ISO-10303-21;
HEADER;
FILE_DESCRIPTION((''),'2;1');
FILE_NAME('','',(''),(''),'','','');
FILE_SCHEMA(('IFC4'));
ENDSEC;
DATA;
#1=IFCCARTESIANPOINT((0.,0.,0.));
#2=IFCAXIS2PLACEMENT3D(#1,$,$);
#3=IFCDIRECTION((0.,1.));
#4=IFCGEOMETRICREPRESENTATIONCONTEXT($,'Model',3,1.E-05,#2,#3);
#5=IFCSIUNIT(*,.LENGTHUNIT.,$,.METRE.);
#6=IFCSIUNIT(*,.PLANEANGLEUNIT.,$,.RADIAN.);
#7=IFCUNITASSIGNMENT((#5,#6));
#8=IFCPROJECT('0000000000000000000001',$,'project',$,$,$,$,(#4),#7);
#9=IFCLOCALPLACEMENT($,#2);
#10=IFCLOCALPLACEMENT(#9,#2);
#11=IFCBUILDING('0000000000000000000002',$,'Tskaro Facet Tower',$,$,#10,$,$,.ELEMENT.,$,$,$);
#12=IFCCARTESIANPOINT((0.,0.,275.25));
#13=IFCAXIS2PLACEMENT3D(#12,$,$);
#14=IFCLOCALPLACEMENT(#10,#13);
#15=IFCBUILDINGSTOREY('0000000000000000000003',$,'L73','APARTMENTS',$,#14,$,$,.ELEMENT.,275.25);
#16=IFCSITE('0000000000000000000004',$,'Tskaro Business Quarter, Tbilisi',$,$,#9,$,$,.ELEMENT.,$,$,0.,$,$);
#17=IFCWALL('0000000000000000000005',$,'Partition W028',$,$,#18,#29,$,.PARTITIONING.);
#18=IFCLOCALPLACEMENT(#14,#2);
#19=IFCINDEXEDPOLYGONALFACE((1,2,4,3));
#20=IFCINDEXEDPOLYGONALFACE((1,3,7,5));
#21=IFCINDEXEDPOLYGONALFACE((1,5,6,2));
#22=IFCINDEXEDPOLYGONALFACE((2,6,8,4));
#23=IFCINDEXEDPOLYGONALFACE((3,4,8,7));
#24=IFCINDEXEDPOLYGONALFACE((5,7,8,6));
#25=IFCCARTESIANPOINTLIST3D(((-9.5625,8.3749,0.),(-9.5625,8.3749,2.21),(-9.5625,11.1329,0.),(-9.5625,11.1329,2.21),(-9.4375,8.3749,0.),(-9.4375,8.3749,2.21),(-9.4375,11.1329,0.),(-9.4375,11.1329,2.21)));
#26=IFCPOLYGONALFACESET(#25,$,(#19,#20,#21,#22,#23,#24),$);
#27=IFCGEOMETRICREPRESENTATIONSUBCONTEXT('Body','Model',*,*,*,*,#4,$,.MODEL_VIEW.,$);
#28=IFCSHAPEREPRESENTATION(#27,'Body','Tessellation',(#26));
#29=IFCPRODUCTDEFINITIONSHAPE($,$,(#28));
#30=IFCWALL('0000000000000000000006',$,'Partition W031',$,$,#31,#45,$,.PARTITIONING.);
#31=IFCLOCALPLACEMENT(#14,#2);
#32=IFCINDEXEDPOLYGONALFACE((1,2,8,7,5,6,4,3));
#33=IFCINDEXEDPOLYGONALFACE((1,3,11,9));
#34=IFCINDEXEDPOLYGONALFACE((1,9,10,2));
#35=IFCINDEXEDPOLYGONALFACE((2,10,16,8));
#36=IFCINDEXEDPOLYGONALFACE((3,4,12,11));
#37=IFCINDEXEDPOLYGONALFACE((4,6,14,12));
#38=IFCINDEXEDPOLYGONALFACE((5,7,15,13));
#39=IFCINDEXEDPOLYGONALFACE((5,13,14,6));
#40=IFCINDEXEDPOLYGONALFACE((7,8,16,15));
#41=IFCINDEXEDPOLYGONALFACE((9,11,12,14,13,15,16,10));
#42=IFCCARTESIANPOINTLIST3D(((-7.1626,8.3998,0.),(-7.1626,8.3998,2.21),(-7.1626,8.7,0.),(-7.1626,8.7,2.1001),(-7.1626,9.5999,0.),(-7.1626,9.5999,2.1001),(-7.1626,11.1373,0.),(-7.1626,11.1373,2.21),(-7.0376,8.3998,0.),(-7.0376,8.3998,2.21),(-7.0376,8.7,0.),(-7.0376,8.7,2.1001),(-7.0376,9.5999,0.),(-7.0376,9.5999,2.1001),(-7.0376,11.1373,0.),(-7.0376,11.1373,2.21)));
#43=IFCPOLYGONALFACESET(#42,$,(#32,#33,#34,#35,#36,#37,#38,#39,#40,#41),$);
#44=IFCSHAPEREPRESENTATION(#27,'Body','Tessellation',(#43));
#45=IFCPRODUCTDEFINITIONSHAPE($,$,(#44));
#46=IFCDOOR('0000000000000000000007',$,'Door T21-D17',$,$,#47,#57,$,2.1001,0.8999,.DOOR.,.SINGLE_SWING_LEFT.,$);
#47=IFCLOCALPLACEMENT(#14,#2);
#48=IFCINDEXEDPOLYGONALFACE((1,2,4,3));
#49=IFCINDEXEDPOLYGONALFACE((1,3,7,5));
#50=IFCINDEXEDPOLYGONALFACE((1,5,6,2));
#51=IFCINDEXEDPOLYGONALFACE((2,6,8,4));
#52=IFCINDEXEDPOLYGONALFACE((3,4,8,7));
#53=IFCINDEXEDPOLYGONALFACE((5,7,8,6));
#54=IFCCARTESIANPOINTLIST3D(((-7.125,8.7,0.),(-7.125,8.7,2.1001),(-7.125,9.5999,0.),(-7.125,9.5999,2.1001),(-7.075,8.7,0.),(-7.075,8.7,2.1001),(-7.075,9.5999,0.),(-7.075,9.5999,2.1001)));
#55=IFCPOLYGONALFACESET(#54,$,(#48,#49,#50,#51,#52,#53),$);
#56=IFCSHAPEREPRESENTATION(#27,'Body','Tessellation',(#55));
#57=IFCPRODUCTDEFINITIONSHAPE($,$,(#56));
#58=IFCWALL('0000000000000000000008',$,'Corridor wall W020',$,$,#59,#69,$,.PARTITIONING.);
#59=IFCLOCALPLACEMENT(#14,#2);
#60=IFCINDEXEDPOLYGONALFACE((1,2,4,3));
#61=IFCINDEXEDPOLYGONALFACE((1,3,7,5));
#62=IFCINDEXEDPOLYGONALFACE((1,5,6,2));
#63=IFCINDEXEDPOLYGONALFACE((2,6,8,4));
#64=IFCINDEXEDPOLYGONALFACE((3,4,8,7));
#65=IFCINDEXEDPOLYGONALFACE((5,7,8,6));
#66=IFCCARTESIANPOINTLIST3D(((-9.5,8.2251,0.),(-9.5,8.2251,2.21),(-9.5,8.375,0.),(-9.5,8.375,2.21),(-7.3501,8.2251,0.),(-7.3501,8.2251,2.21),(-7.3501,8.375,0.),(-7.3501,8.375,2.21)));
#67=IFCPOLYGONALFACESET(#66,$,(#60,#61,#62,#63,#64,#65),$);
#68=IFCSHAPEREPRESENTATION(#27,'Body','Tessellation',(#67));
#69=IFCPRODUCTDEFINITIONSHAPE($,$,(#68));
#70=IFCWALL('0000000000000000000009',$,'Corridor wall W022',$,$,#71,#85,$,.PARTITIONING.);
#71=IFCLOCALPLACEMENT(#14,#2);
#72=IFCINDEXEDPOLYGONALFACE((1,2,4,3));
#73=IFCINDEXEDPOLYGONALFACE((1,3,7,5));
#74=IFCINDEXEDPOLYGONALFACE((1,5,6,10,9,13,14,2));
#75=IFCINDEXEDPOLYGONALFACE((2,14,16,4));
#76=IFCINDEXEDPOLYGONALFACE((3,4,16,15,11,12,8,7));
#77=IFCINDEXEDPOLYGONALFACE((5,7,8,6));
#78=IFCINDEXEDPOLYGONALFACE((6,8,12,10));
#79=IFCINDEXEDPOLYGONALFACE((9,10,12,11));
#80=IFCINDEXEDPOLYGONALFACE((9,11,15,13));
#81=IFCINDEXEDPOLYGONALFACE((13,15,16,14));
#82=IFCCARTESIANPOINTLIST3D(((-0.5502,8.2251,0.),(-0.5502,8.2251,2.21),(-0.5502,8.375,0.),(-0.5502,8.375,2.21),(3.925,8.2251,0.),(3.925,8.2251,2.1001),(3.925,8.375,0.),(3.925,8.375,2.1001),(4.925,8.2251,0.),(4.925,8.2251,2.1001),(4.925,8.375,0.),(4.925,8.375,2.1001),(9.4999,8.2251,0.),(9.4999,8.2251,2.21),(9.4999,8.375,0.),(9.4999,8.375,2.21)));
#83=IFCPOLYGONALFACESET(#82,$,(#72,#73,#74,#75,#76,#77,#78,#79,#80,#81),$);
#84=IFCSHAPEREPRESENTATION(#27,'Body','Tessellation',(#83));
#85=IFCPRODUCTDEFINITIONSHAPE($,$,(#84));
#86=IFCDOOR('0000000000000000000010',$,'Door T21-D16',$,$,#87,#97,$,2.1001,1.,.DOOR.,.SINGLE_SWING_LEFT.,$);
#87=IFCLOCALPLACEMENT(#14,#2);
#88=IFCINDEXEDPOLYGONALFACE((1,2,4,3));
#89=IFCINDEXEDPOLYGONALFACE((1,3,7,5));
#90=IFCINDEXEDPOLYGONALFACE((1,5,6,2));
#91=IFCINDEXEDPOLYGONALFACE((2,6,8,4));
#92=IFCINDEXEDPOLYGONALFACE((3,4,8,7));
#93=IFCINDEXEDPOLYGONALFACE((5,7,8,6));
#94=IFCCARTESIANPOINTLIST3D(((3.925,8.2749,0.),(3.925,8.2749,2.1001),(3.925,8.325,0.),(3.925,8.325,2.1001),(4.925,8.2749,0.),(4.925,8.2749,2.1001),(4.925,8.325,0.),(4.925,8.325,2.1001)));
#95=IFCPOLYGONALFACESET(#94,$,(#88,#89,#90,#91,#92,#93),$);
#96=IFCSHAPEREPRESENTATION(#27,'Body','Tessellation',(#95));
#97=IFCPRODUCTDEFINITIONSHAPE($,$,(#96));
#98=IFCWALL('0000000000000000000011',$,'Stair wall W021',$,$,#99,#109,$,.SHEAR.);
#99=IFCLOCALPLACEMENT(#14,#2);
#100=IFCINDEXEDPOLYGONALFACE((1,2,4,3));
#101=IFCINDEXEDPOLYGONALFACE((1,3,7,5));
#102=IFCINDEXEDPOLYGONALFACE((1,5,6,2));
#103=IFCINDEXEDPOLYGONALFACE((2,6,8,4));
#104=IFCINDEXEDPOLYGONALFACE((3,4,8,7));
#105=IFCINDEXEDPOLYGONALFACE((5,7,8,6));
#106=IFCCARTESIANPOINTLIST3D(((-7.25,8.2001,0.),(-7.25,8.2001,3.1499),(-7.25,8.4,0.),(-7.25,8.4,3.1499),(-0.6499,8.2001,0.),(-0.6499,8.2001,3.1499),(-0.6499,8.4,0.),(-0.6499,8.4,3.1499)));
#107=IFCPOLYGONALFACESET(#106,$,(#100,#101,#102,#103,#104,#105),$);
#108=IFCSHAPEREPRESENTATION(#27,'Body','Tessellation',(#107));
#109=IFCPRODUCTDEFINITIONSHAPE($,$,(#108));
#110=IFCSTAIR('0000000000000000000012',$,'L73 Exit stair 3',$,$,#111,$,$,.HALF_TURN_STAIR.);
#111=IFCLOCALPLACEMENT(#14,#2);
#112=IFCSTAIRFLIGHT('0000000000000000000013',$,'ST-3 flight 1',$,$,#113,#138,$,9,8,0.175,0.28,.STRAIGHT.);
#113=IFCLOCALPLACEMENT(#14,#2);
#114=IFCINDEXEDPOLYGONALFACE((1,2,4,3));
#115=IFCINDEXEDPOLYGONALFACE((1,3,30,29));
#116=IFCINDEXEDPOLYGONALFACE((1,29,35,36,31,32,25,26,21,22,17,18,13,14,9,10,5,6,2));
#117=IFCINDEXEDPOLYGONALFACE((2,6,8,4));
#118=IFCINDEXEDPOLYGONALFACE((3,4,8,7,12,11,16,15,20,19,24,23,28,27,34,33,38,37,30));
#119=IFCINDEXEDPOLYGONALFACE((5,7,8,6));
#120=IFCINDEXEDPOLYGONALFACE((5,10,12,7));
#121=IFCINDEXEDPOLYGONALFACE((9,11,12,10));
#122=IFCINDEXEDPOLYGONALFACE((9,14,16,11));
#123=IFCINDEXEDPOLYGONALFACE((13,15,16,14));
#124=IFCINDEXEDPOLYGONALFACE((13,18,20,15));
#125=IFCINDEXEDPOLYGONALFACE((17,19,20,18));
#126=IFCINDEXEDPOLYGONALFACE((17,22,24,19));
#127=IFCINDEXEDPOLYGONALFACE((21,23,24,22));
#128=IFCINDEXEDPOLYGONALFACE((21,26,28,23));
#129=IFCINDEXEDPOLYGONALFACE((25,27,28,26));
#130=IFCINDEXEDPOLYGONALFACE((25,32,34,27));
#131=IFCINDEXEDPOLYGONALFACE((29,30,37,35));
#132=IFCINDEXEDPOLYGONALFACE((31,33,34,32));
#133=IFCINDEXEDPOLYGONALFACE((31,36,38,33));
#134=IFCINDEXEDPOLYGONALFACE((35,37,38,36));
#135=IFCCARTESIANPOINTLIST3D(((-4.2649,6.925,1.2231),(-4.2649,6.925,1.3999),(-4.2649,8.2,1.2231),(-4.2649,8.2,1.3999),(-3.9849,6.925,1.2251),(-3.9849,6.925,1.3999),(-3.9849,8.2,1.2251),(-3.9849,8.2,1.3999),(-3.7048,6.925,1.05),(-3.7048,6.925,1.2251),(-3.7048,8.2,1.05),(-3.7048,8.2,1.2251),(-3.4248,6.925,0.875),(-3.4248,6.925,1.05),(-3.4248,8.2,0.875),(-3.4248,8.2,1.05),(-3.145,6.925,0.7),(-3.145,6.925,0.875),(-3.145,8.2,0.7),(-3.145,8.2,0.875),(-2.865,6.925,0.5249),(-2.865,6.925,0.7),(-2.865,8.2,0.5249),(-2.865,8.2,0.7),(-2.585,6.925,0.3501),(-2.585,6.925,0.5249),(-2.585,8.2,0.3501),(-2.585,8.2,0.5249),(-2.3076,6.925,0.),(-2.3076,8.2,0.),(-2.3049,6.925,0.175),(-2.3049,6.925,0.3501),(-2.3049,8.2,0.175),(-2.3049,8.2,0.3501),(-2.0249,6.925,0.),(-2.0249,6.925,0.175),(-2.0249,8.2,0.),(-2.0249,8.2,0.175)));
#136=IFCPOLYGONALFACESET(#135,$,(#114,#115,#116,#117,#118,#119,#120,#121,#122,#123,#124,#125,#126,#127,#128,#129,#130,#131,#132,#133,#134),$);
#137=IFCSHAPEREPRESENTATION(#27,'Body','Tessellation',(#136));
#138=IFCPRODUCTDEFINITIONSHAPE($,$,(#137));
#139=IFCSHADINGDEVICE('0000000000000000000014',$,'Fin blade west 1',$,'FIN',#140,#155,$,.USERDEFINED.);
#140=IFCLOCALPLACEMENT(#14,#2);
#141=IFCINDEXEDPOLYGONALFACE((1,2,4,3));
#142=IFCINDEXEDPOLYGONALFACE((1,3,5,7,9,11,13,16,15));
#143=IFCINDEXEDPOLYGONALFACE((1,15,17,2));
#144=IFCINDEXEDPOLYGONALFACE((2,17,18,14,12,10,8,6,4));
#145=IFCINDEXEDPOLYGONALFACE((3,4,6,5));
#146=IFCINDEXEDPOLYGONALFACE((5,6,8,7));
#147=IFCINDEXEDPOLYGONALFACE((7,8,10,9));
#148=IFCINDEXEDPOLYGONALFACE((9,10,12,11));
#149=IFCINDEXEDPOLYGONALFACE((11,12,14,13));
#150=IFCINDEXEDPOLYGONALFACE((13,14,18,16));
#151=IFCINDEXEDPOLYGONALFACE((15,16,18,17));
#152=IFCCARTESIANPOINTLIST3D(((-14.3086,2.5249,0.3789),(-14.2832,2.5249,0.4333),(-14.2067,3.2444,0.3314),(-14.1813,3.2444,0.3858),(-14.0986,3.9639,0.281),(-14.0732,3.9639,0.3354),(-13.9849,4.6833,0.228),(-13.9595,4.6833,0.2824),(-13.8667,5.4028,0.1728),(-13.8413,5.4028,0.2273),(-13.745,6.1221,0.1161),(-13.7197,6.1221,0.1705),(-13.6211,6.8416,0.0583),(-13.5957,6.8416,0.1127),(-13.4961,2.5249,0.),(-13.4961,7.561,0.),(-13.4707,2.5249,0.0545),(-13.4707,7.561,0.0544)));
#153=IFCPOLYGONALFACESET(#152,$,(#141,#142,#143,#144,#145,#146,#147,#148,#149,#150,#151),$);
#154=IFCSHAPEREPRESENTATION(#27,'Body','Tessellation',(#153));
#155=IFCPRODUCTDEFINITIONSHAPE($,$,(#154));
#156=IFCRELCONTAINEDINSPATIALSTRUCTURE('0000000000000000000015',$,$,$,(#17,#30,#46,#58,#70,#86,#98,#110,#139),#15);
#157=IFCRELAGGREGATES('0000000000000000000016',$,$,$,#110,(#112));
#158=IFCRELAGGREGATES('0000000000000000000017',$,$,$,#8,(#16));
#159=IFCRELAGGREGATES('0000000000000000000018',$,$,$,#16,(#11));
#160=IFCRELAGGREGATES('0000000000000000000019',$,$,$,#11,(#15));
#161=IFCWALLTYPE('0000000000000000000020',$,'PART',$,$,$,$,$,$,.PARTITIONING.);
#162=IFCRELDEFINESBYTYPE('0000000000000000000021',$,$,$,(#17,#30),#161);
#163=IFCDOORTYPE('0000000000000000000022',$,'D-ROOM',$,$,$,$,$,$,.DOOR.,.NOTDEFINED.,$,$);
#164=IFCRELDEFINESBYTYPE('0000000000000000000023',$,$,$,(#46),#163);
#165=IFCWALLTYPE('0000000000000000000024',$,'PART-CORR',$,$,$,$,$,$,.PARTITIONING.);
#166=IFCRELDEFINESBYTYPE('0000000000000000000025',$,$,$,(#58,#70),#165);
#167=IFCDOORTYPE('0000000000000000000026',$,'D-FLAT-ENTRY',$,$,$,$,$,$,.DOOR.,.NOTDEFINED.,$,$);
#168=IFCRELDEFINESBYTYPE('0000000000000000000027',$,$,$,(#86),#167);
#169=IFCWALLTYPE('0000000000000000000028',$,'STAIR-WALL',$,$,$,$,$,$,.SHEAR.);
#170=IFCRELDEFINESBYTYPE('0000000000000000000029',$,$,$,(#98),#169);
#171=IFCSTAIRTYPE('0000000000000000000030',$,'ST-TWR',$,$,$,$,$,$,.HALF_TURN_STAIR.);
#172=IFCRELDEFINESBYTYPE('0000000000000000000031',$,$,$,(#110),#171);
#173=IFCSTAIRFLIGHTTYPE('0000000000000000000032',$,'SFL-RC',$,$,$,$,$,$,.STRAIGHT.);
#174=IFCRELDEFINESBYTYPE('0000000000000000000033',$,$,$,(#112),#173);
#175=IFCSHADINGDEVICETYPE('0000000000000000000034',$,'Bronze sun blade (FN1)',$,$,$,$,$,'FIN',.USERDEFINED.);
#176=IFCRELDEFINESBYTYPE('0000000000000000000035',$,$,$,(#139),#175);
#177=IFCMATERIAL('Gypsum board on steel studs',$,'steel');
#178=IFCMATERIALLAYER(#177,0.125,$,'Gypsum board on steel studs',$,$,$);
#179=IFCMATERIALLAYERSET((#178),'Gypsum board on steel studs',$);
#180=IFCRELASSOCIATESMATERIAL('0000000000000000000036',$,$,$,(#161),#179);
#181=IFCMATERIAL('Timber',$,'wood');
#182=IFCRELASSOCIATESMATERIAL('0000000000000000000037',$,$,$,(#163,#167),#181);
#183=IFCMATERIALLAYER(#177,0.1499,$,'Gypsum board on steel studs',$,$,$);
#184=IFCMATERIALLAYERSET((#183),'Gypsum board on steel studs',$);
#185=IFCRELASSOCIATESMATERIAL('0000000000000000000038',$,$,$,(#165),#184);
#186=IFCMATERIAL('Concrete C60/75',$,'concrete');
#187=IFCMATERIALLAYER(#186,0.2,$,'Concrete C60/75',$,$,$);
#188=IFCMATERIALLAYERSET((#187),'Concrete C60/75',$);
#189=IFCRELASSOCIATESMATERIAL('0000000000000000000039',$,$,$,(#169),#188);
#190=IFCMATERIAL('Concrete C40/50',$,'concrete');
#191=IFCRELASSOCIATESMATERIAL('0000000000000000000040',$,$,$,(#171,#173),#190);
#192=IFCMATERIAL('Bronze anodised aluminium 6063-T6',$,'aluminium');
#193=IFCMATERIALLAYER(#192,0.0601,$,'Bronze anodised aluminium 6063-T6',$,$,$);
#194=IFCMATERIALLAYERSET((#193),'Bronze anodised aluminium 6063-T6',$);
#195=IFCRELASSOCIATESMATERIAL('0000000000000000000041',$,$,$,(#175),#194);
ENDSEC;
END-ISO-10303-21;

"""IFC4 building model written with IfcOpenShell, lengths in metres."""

from ifc_helpers import new_model, si_unit, direction, frame, frame_2d, origin, place, context, subcontext, project, spatial, polyline, rectangle, outline, extrude, material, layer, layer_set, type_object, element, fill, aggregate, save


model = new_model("IFC4")

# Units and contexts
model_context = context("Model", 3, precision=1e-05, world=origin(), true_north=direction((0.0, 1.0)))
body_context = subcontext(model_context, "Body", "Model", "MODEL_VIEW")
ifc_project = project(units=[si_unit("LENGTHUNIT", "METRE"), si_unit("PLANEANGLEUNIT", "RADIAN")], contexts=[model_context])

# Site, building, storey
site_placement = place(None, origin())
site = spatial("IfcSite", under=ifc_project, at=site_placement, Name="Tskaro Business Quarter, Tbilisi", CompositionType="ELEMENT", RefElevation=0.0)
building_placement = place(site_placement, origin())
building = spatial("IfcBuilding", under=site, at=building_placement, Name="Tskaro Facet Tower", CompositionType="ELEMENT")
storey_placement = place(building_placement, frame((0.0, 0.0, 275.25)))
storey = spatial("IfcBuildingStorey", under=building, at=storey_placement, Name="L73", Description="APARTMENTS", CompositionType="ELEMENT", Elevation=275.25)

# Shared definitions
ifc_material_1 = material(Name="Bronze anodised aluminium 6063-T6", Category="aluminium")

# Wall
ifc_material_2 = material(Name="Gypsum board on steel studs", Category="steel")
ifc_layer_1 = layer(ifc_material_2, 0.125, Name="Gypsum board on steel studs")
ifc_layer_set_1 = layer_set([ifc_layer_1], Name="Gypsum board on steel studs")
wall_type_1 = type_object("IfcWallType", Name="PART", PredefinedType="PARTITIONING", material=ifc_layer_set_1)
wall_1_placement = place(storey_placement, frame((-9.5, 8.375, 0.0), z_axis=(0.0, 0.0, 1.0), x_axis=(0.0, 1.0, 0.0)))
element("IfcWall", 1, at=wall_1_placement, inside=storey, type_object=wall_type_1, Name="Partition W028", PredefinedType="PARTITIONING", context=body_context, shape_type="SweptSolid", body=[
    extrude(rectangle(XDim=2.7581, YDim=0.125, at=frame_2d((1.3789, 0.0))), origin(), (0.0, 0.0, 1.0), 2.21),
])

# Wall, opening, door
wall_2_placement = place(storey_placement, frame((-7.1001, 8.3999, 0.0), z_axis=(0.0, 0.0, 1.0), x_axis=(0.0, 1.0, 0.0)))
wall_2 = element("IfcWall", 2, at=wall_2_placement, inside=storey, type_object=wall_type_1, Name="Partition W031", PredefinedType="PARTITIONING", context=body_context, shape_type="SweptSolid", body=[
    extrude(rectangle(XDim=2.7375, YDim=0.125, at=frame_2d((1.3687, 0.0))), origin(), (0.0, 0.0, 1.0), 2.21),
])
opening_1_placement = place(wall_2_placement, frame((0.3, 0.0, 0.0)))
opening_1 = element("IfcOpeningElement", 3, at=opening_1_placement, cuts=wall_2, PredefinedType="OPENING", context=body_context, shape_type="SweptSolid", body=[
    extrude(rectangle(XDim=0.8999, YDim=2.1001, at=frame_2d((0.45, 1.05))), frame((0.0, 0.0725, 0.0), z_axis=(0.0, -1.0, 0.0), x_axis=(1.0, 0.0, 0.0)), (0.0, 0.0, 1.0), 0.145),
])
ifc_material_3 = material(Name="Timber", Category="wood")
door_type_1 = type_object("IfcDoorType", Name="D-ROOM", OperationType="NOTDEFINED", PredefinedType="DOOR", material=ifc_material_3)
door_1_placement = place(opening_1_placement, origin())
door_1 = element("IfcDoor", 4, at=door_1_placement, inside=storey, type_object=door_type_1, Name="Door T21-D17", OperationType="SINGLE_SWING_LEFT", OverallHeight=2.1001, OverallWidth=0.8999, PredefinedType="DOOR", context=body_context, shape_type="SweptSolid", body=[
    extrude(rectangle(XDim=0.8999, YDim=2.1001, at=frame_2d((0.45, 1.05))), frame((0.0, 0.0249, 0.0), z_axis=(0.0, -1.0, 0.0), x_axis=(1.0, 0.0, 0.0)), (0.0, 0.0, 1.0), 0.05),
])
fill(opening_1, door_1)

# Wall
ifc_layer_2 = layer(ifc_material_2, 0.1499, Name="Gypsum board on steel studs")
ifc_layer_set_2 = layer_set([ifc_layer_2], Name="Gypsum board on steel studs")
wall_type_2 = type_object("IfcWallType", Name="PART-CORR", PredefinedType="PARTITIONING", material=ifc_layer_set_2)
wall_3_placement = place(storey_placement, frame((-9.5, 8.3, 0.0), z_axis=(0.0, 0.0, 1.0), x_axis=(1.0, 0.0, 0.0)))
element("IfcWall", 5, at=wall_3_placement, inside=storey, type_object=wall_type_2, Name="Corridor wall W020", PredefinedType="PARTITIONING", context=body_context, shape_type="SweptSolid", body=[
    extrude(rectangle(XDim=2.1499, YDim=0.1499, at=frame_2d((1.075, 0.0))), origin(), (0.0, 0.0, 1.0), 2.21),
])

# Wall, opening, door
wall_4_placement = place(storey_placement, frame((-0.55, 8.3, 0.0), z_axis=(0.0, 0.0, 1.0), x_axis=(1.0, 0.0, 0.0)))
wall_4 = element("IfcWall", 6, at=wall_4_placement, inside=storey, type_object=wall_type_2, Name="Corridor wall W022", PredefinedType="PARTITIONING", context=body_context, shape_type="SweptSolid", body=[
    extrude(rectangle(XDim=10.05, YDim=0.1499, at=frame_2d((5.0249, 0.0))), origin(), (0.0, 0.0, 1.0), 2.21),
])
opening_2_placement = place(wall_4_placement, frame((4.4751, 0.0, 0.0)))
opening_2 = element("IfcOpeningElement", 7, at=opening_2_placement, cuts=wall_4, PredefinedType="OPENING", context=body_context, shape_type="SweptSolid", body=[
    extrude(rectangle(XDim=1.0, YDim=2.1001, at=frame_2d((0.5, 1.05))), frame((0.0, 0.085, 0.0), z_axis=(0.0, -1.0, 0.0), x_axis=(1.0, 0.0, 0.0)), (0.0, 0.0, 1.0), 0.1699),
])
door_type_2 = type_object("IfcDoorType", Name="D-FLAT-ENTRY", OperationType="NOTDEFINED", PredefinedType="DOOR", material=ifc_material_3)
door_2_placement = place(opening_2_placement, origin())
door_2 = element("IfcDoor", 8, at=door_2_placement, inside=storey, type_object=door_type_2, Name="Door T21-D16", OperationType="SINGLE_SWING_LEFT", OverallHeight=2.1001, OverallWidth=1.0, PredefinedType="DOOR", context=body_context, shape_type="SweptSolid", body=[
    extrude(rectangle(XDim=1.0, YDim=2.1001, at=frame_2d((0.5, 1.05))), frame((0.0, 0.0249, 0.0), z_axis=(0.0, -1.0, 0.0), x_axis=(1.0, 0.0, 0.0)), (0.0, 0.0, 1.0), 0.05),
])
fill(opening_2, door_2)

# Wall
ifc_material_4 = material(Name="Concrete C60/75", Category="concrete")
ifc_layer_3 = layer(ifc_material_4, 0.2, Name="Concrete C60/75")
ifc_layer_set_3 = layer_set([ifc_layer_3], Name="Concrete C60/75")
wall_type_3 = type_object("IfcWallType", Name="STAIR-WALL", PredefinedType="SHEAR", material=ifc_layer_set_3)
wall_5_placement = place(storey_placement, frame((-7.25, 8.3, 0.0), z_axis=(0.0, 0.0, 1.0), x_axis=(1.0, 0.0, 0.0)))
element("IfcWall", 9, at=wall_5_placement, inside=storey, type_object=wall_type_3, Name="Stair wall W021", PredefinedType="SHEAR", context=body_context, shape_type="SweptSolid", body=[
    extrude(rectangle(XDim=6.6001, YDim=0.2, at=frame_2d((3.3, 0.0))), origin(), (0.0, 0.0, 1.0), 3.1499),
])

# Stair, stair flight
ifc_material_5 = material(Name="Concrete C40/50", Category="concrete")
stair_type = type_object("IfcStairType", Name="ST-TWR", PredefinedType="HALF_TURN_STAIR", material=ifc_material_5)
stair_placement = place(storey_placement, origin())
stair = element("IfcStair", 10, at=stair_placement, inside=storey, type_object=stair_type, Name="L73 Exit stair 3", PredefinedType="HALF_TURN_STAIR")
stair_flight_type = type_object("IfcStairFlightType", Name="SFL-RC", PredefinedType="STRAIGHT", material=ifc_material_5)
stair_flight_placement = place(storey_placement, frame((-2.0249, 7.5625, 0.0), z_axis=(0.0, 0.0, 1.0), x_axis=(-1.0, 0.0, 0.0)))
stair_flight = element("IfcStairFlight", 11, at=stair_flight_placement, type_object=stair_flight_type, Name="ST-3 flight 1", NumberOfRisers=9, NumberOfTreads=8, PredefinedType="STRAIGHT", RiserHeight=0.175, TreadLength=0.28, context=body_context, shape_type="SweptSolid", body=[
    extrude(outline(polyline([(0.0, 0.0), (0.0, 0.175), (0.28, 0.175), (0.28, 0.3501), (0.5601, 0.3501), (0.5601, 0.5249), (0.8401, 0.5249), (0.8401, 0.7), (1.1201, 0.7), (1.1201, 0.875), (1.3999, 0.875), (1.3999, 1.05), (1.6799, 1.05), (1.6799, 1.2251), (1.96, 1.2251), (1.96, 1.3999), (2.24, 1.3999), (2.24, 1.575), (2.24, 1.2231), (0.2827, 0.0), (0.0, 0.0)])), frame((0.0, 0.6375, 0.0), z_axis=(0.0, -1.0, 0.0), x_axis=(1.0, 0.0, 0.0)), (0.0, 0.0, 1.0), 1.2749),
])
aggregate(stair, [stair_flight])

# Shading device
ifc_layer_4 = layer(ifc_material_1, 0.0601, Name="Bronze anodised aluminium 6063-T6")
ifc_layer_set_4 = layer_set([ifc_layer_4], Name="Bronze anodised aluminium 6063-T6")
shading_device_type = type_object("IfcShadingDeviceType", Name="Bronze sun blade (FN1)", ElementType="FIN", PredefinedType="USERDEFINED", material=ifc_layer_set_4)
shading_device_placement = place(storey_placement, frame((-13.4707, 7.561, 0.0544), z_axis=(0.422619, 0.000005, 0.906308), x_axis=(0.000002, -1.0, 0.000005)))
element("IfcShadingDevice", 12, at=shading_device_placement, inside=storey, type_object=shading_device_type, Name="Fin blade west 1", ObjectType="FIN", PredefinedType="USERDEFINED", context=body_context, shape_type="SweptSolid", body=[
    extrude(outline(polyline([(0.0, 0.0), (5.0361, 0.0), (5.0361, -0.8965), (4.3167, -0.7841), (3.5972, -0.6648), (2.8777, -0.5393), (2.1582, -0.4089), (1.439, -0.2747), (0.7195, -0.1379), (0.0, 0.0)])), origin(), (0.0, 0.0, -1.0), 0.0601),
])

save(model, "model.ifc")
